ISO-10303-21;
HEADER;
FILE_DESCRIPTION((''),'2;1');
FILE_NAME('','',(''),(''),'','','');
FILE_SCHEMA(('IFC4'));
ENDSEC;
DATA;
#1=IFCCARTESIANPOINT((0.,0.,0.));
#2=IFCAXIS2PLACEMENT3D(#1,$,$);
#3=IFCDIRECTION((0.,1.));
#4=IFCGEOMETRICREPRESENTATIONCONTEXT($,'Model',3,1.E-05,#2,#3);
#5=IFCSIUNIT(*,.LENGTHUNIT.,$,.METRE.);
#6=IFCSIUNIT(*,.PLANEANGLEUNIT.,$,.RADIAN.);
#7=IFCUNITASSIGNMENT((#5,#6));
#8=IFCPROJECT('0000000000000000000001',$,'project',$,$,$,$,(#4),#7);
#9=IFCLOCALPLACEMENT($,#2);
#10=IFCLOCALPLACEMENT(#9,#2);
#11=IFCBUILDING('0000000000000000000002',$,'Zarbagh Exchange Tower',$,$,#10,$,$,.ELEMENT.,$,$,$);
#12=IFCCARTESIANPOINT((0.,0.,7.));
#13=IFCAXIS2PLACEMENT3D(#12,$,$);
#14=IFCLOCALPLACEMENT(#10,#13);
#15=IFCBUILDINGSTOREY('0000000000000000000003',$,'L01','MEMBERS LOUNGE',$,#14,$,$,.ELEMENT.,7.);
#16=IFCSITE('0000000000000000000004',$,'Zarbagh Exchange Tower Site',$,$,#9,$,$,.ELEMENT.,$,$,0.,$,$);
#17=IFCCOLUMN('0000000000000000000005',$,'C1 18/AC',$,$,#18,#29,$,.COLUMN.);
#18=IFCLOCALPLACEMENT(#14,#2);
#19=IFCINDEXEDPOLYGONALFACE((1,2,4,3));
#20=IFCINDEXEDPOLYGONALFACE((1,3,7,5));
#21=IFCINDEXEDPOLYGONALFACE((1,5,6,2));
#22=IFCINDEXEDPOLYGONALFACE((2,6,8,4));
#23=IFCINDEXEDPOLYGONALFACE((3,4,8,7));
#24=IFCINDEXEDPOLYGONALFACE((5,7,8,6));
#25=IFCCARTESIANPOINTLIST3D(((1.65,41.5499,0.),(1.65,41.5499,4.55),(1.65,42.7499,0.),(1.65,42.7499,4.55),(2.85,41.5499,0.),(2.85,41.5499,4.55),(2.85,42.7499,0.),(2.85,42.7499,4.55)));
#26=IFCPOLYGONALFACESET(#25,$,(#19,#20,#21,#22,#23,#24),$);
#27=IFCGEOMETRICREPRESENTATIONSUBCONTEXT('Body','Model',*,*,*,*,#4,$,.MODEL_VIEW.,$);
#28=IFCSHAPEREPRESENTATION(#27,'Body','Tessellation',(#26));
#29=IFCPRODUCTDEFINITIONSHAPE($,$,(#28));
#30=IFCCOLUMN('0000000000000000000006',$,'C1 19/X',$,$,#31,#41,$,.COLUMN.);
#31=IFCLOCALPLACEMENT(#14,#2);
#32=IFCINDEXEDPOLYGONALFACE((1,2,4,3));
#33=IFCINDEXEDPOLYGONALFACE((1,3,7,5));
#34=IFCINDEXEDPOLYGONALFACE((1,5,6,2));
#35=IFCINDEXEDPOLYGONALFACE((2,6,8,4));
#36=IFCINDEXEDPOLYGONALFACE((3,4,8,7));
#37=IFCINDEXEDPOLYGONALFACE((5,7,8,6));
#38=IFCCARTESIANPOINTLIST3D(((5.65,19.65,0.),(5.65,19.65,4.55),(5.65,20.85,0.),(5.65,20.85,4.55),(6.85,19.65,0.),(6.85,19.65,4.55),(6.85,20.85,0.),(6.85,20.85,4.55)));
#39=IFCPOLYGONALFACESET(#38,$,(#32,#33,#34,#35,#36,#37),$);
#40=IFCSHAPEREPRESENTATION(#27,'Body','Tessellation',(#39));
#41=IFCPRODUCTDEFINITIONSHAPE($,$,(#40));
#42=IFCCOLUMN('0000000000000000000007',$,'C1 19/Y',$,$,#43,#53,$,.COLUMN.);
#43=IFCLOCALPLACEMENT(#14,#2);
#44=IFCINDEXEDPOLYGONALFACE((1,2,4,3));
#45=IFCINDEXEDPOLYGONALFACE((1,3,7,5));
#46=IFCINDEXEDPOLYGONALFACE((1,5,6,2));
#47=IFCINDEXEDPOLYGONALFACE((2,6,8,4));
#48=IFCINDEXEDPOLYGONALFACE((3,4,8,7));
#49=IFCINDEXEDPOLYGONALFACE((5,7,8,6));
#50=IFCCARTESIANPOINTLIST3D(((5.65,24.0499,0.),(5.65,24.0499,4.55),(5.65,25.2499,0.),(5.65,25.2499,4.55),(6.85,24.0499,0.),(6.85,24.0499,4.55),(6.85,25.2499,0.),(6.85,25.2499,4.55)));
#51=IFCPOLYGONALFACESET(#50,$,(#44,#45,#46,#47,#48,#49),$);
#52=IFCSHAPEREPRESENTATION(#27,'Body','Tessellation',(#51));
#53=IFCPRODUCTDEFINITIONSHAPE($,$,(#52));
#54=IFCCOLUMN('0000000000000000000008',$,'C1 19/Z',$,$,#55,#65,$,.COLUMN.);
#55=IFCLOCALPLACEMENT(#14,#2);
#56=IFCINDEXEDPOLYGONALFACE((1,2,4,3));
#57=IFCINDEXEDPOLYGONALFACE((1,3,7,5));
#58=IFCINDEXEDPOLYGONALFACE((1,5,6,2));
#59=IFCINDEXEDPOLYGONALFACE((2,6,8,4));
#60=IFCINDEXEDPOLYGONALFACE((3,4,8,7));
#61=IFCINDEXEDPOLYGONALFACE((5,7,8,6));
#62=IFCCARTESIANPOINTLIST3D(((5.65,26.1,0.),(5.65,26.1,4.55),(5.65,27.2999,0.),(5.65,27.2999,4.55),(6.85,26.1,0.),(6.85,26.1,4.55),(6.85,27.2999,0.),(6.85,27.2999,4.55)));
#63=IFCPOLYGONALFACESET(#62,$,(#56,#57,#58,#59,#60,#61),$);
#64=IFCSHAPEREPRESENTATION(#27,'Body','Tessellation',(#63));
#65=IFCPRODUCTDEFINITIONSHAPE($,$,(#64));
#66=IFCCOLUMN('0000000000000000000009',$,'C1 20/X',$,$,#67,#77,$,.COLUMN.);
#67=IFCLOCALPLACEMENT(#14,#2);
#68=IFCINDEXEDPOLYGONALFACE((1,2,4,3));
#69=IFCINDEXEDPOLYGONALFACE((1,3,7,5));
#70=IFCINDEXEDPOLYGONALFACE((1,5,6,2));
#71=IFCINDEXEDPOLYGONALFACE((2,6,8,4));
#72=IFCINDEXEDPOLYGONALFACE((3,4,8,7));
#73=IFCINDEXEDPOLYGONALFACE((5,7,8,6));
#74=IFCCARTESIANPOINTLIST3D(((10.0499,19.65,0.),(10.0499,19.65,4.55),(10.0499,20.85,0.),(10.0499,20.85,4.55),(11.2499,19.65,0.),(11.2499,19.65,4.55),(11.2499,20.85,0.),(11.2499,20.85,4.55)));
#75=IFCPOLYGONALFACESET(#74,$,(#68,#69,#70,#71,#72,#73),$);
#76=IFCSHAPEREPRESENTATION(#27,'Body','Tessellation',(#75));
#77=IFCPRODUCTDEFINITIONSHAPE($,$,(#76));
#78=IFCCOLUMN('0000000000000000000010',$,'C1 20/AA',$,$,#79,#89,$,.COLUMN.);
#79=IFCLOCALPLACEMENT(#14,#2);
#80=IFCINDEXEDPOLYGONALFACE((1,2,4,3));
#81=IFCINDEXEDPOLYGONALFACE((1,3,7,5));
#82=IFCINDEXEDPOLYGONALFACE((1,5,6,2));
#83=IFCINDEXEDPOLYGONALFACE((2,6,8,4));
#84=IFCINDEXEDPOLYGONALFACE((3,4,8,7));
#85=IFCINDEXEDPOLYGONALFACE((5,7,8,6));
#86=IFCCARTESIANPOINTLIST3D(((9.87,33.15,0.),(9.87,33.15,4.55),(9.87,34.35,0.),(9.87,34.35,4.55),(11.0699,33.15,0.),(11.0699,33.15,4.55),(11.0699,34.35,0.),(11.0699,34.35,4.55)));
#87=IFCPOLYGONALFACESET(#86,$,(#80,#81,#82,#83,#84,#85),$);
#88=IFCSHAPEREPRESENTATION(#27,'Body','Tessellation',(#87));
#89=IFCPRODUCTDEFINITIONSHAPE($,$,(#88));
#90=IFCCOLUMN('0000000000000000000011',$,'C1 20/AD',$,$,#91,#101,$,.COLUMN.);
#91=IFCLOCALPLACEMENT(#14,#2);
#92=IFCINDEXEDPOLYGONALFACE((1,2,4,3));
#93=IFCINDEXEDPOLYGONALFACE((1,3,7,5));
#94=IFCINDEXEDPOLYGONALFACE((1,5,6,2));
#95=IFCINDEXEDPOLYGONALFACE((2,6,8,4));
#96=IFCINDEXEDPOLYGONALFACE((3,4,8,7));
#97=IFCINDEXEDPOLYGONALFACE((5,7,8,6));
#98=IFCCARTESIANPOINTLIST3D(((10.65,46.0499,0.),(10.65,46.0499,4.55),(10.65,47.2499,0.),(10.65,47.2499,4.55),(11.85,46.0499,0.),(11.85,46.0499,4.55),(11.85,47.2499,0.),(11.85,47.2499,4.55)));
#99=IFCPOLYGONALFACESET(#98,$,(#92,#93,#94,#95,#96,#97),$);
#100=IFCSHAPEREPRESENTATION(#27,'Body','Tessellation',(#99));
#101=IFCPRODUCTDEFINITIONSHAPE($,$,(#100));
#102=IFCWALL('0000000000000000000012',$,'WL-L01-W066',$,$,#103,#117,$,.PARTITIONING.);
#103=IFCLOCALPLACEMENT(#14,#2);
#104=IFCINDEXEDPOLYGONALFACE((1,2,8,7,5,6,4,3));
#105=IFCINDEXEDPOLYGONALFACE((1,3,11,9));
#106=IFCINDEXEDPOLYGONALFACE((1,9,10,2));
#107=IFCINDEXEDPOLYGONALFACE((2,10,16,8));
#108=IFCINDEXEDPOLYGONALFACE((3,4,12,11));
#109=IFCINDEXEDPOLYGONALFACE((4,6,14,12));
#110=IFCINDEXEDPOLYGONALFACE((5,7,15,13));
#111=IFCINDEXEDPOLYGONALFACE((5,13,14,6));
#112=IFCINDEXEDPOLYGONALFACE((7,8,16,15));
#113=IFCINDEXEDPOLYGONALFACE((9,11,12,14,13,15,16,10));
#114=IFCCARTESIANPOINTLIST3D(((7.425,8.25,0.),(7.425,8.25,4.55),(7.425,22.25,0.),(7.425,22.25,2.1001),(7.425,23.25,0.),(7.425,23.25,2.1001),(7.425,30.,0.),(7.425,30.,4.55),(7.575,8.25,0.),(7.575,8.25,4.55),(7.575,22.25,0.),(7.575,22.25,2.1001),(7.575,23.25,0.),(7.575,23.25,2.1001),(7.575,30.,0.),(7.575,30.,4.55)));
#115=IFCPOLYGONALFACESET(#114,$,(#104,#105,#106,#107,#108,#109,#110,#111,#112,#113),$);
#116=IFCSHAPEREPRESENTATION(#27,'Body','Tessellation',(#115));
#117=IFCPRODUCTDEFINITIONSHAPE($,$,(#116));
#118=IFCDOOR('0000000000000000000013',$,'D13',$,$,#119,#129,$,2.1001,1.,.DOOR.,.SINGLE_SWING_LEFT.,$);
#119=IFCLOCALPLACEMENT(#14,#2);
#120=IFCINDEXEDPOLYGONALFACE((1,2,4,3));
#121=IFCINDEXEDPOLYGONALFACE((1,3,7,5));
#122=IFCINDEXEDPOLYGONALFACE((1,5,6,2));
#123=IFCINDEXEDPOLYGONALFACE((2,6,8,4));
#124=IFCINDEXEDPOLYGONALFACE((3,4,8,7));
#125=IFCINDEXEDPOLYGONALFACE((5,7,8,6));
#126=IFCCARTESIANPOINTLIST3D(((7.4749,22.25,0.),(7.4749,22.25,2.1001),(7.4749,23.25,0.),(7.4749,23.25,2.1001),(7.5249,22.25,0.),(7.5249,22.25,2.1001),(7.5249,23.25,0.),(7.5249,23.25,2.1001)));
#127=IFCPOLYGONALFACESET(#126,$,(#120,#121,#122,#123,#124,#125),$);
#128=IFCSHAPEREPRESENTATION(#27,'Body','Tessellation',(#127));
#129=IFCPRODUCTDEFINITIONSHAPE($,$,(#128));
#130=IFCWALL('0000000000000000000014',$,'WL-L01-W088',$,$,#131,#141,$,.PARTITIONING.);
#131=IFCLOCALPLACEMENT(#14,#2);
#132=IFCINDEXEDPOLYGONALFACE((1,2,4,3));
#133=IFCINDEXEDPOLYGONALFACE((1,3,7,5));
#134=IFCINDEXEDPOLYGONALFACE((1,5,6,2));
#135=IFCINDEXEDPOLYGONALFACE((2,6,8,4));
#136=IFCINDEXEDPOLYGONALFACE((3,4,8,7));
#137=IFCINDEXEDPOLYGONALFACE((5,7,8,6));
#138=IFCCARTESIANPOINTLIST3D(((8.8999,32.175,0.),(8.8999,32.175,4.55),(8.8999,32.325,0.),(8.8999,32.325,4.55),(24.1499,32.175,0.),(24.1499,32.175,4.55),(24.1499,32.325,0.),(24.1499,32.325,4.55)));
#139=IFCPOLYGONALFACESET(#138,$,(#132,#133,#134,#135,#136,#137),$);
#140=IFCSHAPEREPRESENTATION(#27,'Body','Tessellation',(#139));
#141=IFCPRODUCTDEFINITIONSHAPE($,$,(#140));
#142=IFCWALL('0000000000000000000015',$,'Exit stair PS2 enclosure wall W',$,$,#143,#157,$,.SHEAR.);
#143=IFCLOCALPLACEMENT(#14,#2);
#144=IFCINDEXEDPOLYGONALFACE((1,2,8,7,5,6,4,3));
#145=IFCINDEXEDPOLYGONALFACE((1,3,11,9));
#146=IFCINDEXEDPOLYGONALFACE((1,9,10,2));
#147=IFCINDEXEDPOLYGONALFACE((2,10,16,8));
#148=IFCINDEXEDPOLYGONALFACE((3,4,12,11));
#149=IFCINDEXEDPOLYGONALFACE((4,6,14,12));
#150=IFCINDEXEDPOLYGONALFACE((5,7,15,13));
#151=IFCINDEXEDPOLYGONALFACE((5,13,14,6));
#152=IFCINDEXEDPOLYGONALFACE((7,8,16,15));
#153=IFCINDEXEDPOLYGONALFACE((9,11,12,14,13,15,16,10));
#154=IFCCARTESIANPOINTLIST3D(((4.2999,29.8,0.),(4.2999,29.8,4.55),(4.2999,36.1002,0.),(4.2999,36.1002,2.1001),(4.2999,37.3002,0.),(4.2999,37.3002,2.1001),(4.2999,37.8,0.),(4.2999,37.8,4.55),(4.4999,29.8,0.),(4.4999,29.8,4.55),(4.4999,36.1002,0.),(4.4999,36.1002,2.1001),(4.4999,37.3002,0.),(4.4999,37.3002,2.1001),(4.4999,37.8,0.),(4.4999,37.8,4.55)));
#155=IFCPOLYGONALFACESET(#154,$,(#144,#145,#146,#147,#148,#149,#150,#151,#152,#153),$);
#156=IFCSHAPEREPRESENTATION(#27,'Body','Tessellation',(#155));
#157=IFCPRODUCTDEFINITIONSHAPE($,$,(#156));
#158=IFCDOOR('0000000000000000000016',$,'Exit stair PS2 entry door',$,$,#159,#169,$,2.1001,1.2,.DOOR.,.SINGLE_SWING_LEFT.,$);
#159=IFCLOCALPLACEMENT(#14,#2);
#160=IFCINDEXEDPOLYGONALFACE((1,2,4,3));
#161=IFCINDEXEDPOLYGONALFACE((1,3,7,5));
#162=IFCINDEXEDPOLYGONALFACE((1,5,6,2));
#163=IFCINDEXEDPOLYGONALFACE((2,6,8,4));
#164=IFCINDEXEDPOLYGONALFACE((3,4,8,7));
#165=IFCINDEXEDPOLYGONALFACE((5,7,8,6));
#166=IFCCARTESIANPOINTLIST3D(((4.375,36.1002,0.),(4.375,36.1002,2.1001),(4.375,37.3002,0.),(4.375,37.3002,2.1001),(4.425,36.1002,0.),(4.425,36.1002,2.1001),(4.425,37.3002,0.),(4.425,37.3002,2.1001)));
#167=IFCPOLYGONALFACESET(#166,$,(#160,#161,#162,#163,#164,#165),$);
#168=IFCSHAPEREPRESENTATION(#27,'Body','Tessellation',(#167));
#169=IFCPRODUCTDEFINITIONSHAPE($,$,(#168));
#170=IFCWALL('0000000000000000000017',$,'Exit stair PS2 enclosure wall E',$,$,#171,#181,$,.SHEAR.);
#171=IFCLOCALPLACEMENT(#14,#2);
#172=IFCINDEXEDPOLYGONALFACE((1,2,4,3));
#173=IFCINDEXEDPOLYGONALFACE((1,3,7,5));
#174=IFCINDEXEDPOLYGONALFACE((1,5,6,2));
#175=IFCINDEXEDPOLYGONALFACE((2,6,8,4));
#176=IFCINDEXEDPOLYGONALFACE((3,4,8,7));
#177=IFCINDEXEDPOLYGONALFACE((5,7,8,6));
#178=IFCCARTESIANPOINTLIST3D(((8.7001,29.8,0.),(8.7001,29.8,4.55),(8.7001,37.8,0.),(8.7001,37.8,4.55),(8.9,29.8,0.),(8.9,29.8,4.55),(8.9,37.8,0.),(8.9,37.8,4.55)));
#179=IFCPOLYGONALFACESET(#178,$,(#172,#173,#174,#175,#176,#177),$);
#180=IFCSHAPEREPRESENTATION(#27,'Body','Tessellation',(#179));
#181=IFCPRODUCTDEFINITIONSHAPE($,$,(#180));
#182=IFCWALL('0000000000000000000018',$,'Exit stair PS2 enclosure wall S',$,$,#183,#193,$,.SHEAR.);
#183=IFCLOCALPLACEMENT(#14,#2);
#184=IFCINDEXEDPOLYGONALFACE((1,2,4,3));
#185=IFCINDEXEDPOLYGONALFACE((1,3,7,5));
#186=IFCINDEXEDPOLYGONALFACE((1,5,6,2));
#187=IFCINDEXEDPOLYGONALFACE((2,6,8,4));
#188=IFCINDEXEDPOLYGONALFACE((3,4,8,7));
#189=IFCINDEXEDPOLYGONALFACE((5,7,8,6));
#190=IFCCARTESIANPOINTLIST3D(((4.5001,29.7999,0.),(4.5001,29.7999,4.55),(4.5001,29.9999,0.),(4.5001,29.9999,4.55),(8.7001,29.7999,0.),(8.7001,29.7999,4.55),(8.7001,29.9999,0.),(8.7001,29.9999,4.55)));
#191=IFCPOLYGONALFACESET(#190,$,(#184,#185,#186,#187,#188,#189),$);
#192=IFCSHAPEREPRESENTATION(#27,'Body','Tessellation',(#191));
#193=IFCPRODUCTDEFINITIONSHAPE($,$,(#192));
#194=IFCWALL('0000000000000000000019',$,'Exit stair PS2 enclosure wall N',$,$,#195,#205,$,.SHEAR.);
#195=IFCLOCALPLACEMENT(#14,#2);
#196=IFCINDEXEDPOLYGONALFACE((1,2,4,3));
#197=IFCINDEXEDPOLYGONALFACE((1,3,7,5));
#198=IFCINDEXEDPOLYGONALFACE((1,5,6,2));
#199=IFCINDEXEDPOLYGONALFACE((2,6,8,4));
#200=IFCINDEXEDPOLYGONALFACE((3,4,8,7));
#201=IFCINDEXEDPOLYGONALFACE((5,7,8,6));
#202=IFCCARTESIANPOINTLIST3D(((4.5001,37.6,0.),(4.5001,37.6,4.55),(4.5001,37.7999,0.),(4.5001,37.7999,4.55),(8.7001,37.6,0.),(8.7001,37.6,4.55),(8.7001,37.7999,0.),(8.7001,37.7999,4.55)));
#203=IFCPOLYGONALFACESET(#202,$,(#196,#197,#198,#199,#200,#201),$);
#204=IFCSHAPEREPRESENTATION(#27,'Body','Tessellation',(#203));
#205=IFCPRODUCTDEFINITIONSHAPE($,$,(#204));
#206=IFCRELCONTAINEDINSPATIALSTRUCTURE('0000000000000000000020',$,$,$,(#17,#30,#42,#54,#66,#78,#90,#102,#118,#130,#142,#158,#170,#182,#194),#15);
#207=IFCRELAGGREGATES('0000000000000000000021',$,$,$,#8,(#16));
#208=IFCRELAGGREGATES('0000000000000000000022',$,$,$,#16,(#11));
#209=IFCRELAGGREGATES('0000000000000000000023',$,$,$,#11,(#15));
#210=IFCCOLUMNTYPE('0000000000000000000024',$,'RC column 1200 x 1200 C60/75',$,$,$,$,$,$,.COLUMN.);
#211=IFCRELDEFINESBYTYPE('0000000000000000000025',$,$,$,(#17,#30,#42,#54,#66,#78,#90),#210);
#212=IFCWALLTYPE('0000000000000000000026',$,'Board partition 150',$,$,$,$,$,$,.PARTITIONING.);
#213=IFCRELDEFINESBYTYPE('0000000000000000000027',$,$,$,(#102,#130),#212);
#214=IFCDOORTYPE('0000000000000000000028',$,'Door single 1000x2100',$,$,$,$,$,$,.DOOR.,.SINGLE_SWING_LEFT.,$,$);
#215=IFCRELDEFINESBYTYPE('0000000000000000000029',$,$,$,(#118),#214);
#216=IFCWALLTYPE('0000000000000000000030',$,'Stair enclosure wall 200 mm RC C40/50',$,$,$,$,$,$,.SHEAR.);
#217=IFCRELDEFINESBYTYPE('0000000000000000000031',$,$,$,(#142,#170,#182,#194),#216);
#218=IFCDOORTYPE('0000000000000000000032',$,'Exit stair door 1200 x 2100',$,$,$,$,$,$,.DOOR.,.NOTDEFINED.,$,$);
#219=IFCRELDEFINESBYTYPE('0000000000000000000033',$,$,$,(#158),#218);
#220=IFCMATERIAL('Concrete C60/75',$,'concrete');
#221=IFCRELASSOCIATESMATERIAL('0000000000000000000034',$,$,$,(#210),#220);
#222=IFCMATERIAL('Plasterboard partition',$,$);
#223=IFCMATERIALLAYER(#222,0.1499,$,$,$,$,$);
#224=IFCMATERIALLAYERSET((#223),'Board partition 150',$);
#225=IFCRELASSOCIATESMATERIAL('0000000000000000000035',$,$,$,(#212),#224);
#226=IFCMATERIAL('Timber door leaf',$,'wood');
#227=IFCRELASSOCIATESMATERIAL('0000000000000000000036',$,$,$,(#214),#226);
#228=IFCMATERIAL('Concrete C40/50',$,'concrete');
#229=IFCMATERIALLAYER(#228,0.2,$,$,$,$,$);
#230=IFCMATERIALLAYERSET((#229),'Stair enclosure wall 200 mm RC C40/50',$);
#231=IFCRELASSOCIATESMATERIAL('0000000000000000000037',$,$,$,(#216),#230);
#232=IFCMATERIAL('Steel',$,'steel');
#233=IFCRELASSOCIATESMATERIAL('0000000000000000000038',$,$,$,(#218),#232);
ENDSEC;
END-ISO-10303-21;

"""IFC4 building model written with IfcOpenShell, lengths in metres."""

from ifc_helpers import new_model, si_unit, direction, frame, frame_2d, origin, origin_2d, place, context, subcontext, project, spatial, rectangle, extrude, material, layer, layer_set, material_profile, profile_set, type_object, element, fill, save


model = new_model("IFC4")

# Units and contexts
model_context = context("Model", 3, precision=1e-05, world=origin(), true_north=direction((0.0, 1.0)))
body_context = subcontext(model_context, "Body", "Model", "MODEL_VIEW")
ifc_project = project(units=[si_unit("LENGTHUNIT", "METRE"), si_unit("PLANEANGLEUNIT", "RADIAN")], contexts=[model_context])

# Site, building, storey
site_placement = place(None, origin())
site = spatial("IfcSite", under=ifc_project, at=site_placement, Name="Zarbagh Exchange Tower Site", CompositionType="ELEMENT", RefElevation=0.0)
building_placement = place(site_placement, origin())
building = spatial("IfcBuilding", under=site, at=building_placement, Name="Zarbagh Exchange Tower", CompositionType="ELEMENT")
storey_placement = place(building_placement, frame((0.0, 0.0, 7.0)))
storey = spatial("IfcBuildingStorey", under=building, at=storey_placement, Name="L01", Description="MEMBERS LOUNGE", CompositionType="ELEMENT", Elevation=7.0)

# Columns
ifc_material_1 = material(Name="Concrete C60/75", Category="concrete")
ifc_material_profile = material_profile(ifc_material_1, rectangle(XDim=1.2, YDim=1.2, at=origin_2d()), Name="RC column 1200 x 1200 C60/75")
ifc_profile_set = profile_set([ifc_material_profile], Name="Concrete C60/75")
column_type = type_object("IfcColumnType", Name="RC column 1200 x 1200 C60/75", PredefinedType="COLUMN", material=ifc_profile_set)
for number, where, z_axis, x_axis, name in (
    (1, (2.25, 42.1499, 0.0), (0.0, 0.0, 1.0), (1.0, 0.0, 0.0), "C1 18/AC"),
    (2, (6.25, 20.25, 0.0), (0.0, 0.0, 1.0), (1.0, 0.0, 0.0), "C1 19/X"),
    (3, (6.25, 24.6499, 0.0), (0.0, 0.0, 1.0), (1.0, 0.0, 0.0), "C1 19/Y"),
    (4, (6.25, 26.7, 0.0), (0.0, 0.0, 1.0), (1.0, 0.0, 0.0), "C1 19/Z"),
    (5, (10.6499, 20.25, 0.0), (0.0, 0.0, 1.0), (1.0, 0.0, 0.0), "C1 20/X"),
    (6, (10.47, 33.75, 0.0), (0.0, 0.0, 1.0), (1.0, 0.0, 0.0), "C1 20/AA"),
    (7, (11.25, 46.6499, 0.0), (0.0, 0.0, 1.0), (1.0, 0.0, 0.0), "C1 20/AD"),
):
    element("IfcColumn", number, at=place(storey_placement, frame(where, z_axis=z_axis, x_axis=x_axis)), inside=storey, type_object=column_type, Name=name, PredefinedType="COLUMN", context=body_context, shape_type="SweptSolid", body=[
        extrude(rectangle(XDim=1.2, YDim=1.2, at=origin_2d()), origin(), (0.0, 0.0, 1.0), 4.55),
    ])

# Wall, opening, door
ifc_material_2 = material(Name="Plasterboard partition")
ifc_layer_1 = layer(ifc_material_2, 0.1499)
ifc_layer_set_1 = layer_set([ifc_layer_1], Name="Board partition 150")
wall_type_1 = type_object("IfcWallType", Name="Board partition 150", PredefinedType="PARTITIONING", material=ifc_layer_set_1)
wall_1_placement = place(storey_placement, frame((7.5, 30.0, 0.0), z_axis=(0.0, 0.0, 1.0), x_axis=(0.0, -1.0, 0.0)))
wall_1 = element("IfcWall", 8, at=wall_1_placement, inside=storey, type_object=wall_type_1, Name="WL-L01-W066", PredefinedType="PARTITIONING", context=body_context, shape_type="SweptSolid", body=[
    extrude(rectangle(XDim=21.75, YDim=0.1499, at=frame_2d((10.875, 0.0))), origin(), (0.0, 0.0, 1.0), 4.55),
])
opening_1_placement = place(wall_1_placement, frame((6.75, 0.0, 0.0)))
opening_1 = element("IfcOpeningElement", 9, at=opening_1_placement, cuts=wall_1, PredefinedType="OPENING", context=body_context, shape_type="SweptSolid", body=[
    extrude(rectangle(XDim=1.0, YDim=2.1001, at=frame_2d((0.5, 1.05))), frame((0.0, 0.085, 0.0), z_axis=(0.0, -1.0, 0.0), x_axis=(1.0, 0.0, 0.0)), (0.0, 0.0, 1.0), 0.1699),
])
ifc_material_3 = material(Name="Timber door leaf", Category="wood")
door_type_1 = type_object("IfcDoorType", Name="Door single 1000x2100", OperationType="SINGLE_SWING_LEFT", PredefinedType="DOOR", material=ifc_material_3)
door_1_placement = place(opening_1_placement, origin())
door_1 = element("IfcDoor", 10, at=door_1_placement, inside=storey, type_object=door_type_1, Name="D13", OperationType="SINGLE_SWING_LEFT", OverallHeight=2.1001, OverallWidth=1.0, PredefinedType="DOOR", context=body_context, shape_type="SweptSolid", body=[
    extrude(rectangle(XDim=1.0, YDim=2.1001, at=frame_2d((0.5, 1.05))), frame((0.0, 0.0249, 0.0), z_axis=(0.0, -1.0, 0.0), x_axis=(1.0, 0.0, 0.0)), (0.0, 0.0, 1.0), 0.05),
])
fill(opening_1, door_1)

# Wall
wall_2_placement = place(storey_placement, frame((8.8999, 32.25, 0.0), z_axis=(0.0, 0.0, 1.0), x_axis=(1.0, 0.0, 0.0)))
element("IfcWall", 11, at=wall_2_placement, inside=storey, type_object=wall_type_1, Name="WL-L01-W088", PredefinedType="PARTITIONING", context=body_context, shape_type="SweptSolid", body=[
    extrude(rectangle(XDim=15.25, YDim=0.1499, at=frame_2d((7.625, 0.0))), origin(), (0.0, 0.0, 1.0), 4.55),
])

# Wall, opening, door
ifc_material_4 = material(Name="Concrete C40/50", Category="concrete")
ifc_layer_2 = layer(ifc_material_4, 0.2)
ifc_layer_set_2 = layer_set([ifc_layer_2], Name="Stair enclosure wall 200 mm RC C40/50")
wall_type_2 = type_object("IfcWallType", Name="Stair enclosure wall 200 mm RC C40/50", PredefinedType="SHEAR", material=ifc_layer_set_2)
wall_3_placement = place(storey_placement, frame((4.3999, 29.8, 0.0), z_axis=(0.0, 0.0, 1.0), x_axis=(0.0, 1.0, 0.0)))
wall_3 = element("IfcWall", 12, at=wall_3_placement, inside=storey, type_object=wall_type_2, Name="Exit stair PS2 enclosure wall W", PredefinedType="SHEAR", context=body_context, shape_type="SweptSolid", body=[
    extrude(rectangle(XDim=8.0, YDim=0.2, at=frame_2d((4.0, 0.0))), origin(), (0.0, 0.0, 1.0), 4.55),
])
opening_2_placement = place(wall_3_placement, frame((6.3, 0.0, 0.0)))
opening_2 = element("IfcOpeningElement", 13, at=opening_2_placement, cuts=wall_3, PredefinedType="OPENING", context=body_context, shape_type="SweptSolid", body=[
    extrude(rectangle(XDim=1.2, YDim=2.1001, at=frame_2d((0.6001, 1.05))), frame((0.0, 0.1099, 0.0), z_axis=(0.0, -1.0, 0.0), x_axis=(1.0, 0.0, 0.0)), (0.0, 0.0, 1.0), 0.22),
])
ifc_material_5 = material(Name="Steel", Category="steel")
door_type_2 = type_object("IfcDoorType", Name="Exit stair door 1200 x 2100", OperationType="NOTDEFINED", PredefinedType="DOOR", material=ifc_material_5)
door_2_placement = place(opening_2_placement, origin())
door_2 = element("IfcDoor", 14, at=door_2_placement, inside=storey, type_object=door_type_2, Name="Exit stair PS2 entry door", OperationType="SINGLE_SWING_LEFT", OverallHeight=2.1001, OverallWidth=1.2, PredefinedType="DOOR", context=body_context, shape_type="SweptSolid", body=[
    extrude(rectangle(XDim=1.2, YDim=2.1001, at=frame_2d((0.6001, 1.05))), frame((0.0, 0.0249, 0.0), z_axis=(0.0, -1.0, 0.0), x_axis=(1.0, 0.0, 0.0)), (0.0, 0.0, 1.0), 0.05),
])
fill(opening_2, door_2)

# Walls
wall_4_placement = place(storey_placement, frame((8.8, 29.8, 0.0), z_axis=(0.0, 0.0, 1.0), x_axis=(0.0, 1.0, 0.0)))
element("IfcWall", 15, at=wall_4_placement, inside=storey, type_object=wall_type_2, Name="Exit stair PS2 enclosure wall E", PredefinedType="SHEAR", context=body_context, shape_type="SweptSolid", body=[
    extrude(rectangle(XDim=8.0, YDim=0.2, at=frame_2d((4.0, 0.0))), origin(), (0.0, 0.0, 1.0), 4.55),
])
for number, where, z_axis, x_axis, name in (
    (16, (4.5, 29.8999, 0.0), (0.0, 0.0, 1.0), (1.0, 0.0, 0.0), "Exit stair PS2 enclosure wall S"),
    (17, (4.5, 37.7, 0.0), (0.0, 0.0, 1.0), (1.0, 0.0, 0.0), "Exit stair PS2 enclosure wall N"),
):
    element("IfcWall", number, at=place(storey_placement, frame(where, z_axis=z_axis, x_axis=x_axis)), inside=storey, type_object=wall_type_2, Name=name, PredefinedType="SHEAR", context=body_context, shape_type="SweptSolid", body=[
        extrude(rectangle(XDim=4.2, YDim=0.2, at=frame_2d((2.1001, 0.0))), origin(), (0.0, 0.0, 1.0), 4.55),
    ])

save(model, "model.ifc")
